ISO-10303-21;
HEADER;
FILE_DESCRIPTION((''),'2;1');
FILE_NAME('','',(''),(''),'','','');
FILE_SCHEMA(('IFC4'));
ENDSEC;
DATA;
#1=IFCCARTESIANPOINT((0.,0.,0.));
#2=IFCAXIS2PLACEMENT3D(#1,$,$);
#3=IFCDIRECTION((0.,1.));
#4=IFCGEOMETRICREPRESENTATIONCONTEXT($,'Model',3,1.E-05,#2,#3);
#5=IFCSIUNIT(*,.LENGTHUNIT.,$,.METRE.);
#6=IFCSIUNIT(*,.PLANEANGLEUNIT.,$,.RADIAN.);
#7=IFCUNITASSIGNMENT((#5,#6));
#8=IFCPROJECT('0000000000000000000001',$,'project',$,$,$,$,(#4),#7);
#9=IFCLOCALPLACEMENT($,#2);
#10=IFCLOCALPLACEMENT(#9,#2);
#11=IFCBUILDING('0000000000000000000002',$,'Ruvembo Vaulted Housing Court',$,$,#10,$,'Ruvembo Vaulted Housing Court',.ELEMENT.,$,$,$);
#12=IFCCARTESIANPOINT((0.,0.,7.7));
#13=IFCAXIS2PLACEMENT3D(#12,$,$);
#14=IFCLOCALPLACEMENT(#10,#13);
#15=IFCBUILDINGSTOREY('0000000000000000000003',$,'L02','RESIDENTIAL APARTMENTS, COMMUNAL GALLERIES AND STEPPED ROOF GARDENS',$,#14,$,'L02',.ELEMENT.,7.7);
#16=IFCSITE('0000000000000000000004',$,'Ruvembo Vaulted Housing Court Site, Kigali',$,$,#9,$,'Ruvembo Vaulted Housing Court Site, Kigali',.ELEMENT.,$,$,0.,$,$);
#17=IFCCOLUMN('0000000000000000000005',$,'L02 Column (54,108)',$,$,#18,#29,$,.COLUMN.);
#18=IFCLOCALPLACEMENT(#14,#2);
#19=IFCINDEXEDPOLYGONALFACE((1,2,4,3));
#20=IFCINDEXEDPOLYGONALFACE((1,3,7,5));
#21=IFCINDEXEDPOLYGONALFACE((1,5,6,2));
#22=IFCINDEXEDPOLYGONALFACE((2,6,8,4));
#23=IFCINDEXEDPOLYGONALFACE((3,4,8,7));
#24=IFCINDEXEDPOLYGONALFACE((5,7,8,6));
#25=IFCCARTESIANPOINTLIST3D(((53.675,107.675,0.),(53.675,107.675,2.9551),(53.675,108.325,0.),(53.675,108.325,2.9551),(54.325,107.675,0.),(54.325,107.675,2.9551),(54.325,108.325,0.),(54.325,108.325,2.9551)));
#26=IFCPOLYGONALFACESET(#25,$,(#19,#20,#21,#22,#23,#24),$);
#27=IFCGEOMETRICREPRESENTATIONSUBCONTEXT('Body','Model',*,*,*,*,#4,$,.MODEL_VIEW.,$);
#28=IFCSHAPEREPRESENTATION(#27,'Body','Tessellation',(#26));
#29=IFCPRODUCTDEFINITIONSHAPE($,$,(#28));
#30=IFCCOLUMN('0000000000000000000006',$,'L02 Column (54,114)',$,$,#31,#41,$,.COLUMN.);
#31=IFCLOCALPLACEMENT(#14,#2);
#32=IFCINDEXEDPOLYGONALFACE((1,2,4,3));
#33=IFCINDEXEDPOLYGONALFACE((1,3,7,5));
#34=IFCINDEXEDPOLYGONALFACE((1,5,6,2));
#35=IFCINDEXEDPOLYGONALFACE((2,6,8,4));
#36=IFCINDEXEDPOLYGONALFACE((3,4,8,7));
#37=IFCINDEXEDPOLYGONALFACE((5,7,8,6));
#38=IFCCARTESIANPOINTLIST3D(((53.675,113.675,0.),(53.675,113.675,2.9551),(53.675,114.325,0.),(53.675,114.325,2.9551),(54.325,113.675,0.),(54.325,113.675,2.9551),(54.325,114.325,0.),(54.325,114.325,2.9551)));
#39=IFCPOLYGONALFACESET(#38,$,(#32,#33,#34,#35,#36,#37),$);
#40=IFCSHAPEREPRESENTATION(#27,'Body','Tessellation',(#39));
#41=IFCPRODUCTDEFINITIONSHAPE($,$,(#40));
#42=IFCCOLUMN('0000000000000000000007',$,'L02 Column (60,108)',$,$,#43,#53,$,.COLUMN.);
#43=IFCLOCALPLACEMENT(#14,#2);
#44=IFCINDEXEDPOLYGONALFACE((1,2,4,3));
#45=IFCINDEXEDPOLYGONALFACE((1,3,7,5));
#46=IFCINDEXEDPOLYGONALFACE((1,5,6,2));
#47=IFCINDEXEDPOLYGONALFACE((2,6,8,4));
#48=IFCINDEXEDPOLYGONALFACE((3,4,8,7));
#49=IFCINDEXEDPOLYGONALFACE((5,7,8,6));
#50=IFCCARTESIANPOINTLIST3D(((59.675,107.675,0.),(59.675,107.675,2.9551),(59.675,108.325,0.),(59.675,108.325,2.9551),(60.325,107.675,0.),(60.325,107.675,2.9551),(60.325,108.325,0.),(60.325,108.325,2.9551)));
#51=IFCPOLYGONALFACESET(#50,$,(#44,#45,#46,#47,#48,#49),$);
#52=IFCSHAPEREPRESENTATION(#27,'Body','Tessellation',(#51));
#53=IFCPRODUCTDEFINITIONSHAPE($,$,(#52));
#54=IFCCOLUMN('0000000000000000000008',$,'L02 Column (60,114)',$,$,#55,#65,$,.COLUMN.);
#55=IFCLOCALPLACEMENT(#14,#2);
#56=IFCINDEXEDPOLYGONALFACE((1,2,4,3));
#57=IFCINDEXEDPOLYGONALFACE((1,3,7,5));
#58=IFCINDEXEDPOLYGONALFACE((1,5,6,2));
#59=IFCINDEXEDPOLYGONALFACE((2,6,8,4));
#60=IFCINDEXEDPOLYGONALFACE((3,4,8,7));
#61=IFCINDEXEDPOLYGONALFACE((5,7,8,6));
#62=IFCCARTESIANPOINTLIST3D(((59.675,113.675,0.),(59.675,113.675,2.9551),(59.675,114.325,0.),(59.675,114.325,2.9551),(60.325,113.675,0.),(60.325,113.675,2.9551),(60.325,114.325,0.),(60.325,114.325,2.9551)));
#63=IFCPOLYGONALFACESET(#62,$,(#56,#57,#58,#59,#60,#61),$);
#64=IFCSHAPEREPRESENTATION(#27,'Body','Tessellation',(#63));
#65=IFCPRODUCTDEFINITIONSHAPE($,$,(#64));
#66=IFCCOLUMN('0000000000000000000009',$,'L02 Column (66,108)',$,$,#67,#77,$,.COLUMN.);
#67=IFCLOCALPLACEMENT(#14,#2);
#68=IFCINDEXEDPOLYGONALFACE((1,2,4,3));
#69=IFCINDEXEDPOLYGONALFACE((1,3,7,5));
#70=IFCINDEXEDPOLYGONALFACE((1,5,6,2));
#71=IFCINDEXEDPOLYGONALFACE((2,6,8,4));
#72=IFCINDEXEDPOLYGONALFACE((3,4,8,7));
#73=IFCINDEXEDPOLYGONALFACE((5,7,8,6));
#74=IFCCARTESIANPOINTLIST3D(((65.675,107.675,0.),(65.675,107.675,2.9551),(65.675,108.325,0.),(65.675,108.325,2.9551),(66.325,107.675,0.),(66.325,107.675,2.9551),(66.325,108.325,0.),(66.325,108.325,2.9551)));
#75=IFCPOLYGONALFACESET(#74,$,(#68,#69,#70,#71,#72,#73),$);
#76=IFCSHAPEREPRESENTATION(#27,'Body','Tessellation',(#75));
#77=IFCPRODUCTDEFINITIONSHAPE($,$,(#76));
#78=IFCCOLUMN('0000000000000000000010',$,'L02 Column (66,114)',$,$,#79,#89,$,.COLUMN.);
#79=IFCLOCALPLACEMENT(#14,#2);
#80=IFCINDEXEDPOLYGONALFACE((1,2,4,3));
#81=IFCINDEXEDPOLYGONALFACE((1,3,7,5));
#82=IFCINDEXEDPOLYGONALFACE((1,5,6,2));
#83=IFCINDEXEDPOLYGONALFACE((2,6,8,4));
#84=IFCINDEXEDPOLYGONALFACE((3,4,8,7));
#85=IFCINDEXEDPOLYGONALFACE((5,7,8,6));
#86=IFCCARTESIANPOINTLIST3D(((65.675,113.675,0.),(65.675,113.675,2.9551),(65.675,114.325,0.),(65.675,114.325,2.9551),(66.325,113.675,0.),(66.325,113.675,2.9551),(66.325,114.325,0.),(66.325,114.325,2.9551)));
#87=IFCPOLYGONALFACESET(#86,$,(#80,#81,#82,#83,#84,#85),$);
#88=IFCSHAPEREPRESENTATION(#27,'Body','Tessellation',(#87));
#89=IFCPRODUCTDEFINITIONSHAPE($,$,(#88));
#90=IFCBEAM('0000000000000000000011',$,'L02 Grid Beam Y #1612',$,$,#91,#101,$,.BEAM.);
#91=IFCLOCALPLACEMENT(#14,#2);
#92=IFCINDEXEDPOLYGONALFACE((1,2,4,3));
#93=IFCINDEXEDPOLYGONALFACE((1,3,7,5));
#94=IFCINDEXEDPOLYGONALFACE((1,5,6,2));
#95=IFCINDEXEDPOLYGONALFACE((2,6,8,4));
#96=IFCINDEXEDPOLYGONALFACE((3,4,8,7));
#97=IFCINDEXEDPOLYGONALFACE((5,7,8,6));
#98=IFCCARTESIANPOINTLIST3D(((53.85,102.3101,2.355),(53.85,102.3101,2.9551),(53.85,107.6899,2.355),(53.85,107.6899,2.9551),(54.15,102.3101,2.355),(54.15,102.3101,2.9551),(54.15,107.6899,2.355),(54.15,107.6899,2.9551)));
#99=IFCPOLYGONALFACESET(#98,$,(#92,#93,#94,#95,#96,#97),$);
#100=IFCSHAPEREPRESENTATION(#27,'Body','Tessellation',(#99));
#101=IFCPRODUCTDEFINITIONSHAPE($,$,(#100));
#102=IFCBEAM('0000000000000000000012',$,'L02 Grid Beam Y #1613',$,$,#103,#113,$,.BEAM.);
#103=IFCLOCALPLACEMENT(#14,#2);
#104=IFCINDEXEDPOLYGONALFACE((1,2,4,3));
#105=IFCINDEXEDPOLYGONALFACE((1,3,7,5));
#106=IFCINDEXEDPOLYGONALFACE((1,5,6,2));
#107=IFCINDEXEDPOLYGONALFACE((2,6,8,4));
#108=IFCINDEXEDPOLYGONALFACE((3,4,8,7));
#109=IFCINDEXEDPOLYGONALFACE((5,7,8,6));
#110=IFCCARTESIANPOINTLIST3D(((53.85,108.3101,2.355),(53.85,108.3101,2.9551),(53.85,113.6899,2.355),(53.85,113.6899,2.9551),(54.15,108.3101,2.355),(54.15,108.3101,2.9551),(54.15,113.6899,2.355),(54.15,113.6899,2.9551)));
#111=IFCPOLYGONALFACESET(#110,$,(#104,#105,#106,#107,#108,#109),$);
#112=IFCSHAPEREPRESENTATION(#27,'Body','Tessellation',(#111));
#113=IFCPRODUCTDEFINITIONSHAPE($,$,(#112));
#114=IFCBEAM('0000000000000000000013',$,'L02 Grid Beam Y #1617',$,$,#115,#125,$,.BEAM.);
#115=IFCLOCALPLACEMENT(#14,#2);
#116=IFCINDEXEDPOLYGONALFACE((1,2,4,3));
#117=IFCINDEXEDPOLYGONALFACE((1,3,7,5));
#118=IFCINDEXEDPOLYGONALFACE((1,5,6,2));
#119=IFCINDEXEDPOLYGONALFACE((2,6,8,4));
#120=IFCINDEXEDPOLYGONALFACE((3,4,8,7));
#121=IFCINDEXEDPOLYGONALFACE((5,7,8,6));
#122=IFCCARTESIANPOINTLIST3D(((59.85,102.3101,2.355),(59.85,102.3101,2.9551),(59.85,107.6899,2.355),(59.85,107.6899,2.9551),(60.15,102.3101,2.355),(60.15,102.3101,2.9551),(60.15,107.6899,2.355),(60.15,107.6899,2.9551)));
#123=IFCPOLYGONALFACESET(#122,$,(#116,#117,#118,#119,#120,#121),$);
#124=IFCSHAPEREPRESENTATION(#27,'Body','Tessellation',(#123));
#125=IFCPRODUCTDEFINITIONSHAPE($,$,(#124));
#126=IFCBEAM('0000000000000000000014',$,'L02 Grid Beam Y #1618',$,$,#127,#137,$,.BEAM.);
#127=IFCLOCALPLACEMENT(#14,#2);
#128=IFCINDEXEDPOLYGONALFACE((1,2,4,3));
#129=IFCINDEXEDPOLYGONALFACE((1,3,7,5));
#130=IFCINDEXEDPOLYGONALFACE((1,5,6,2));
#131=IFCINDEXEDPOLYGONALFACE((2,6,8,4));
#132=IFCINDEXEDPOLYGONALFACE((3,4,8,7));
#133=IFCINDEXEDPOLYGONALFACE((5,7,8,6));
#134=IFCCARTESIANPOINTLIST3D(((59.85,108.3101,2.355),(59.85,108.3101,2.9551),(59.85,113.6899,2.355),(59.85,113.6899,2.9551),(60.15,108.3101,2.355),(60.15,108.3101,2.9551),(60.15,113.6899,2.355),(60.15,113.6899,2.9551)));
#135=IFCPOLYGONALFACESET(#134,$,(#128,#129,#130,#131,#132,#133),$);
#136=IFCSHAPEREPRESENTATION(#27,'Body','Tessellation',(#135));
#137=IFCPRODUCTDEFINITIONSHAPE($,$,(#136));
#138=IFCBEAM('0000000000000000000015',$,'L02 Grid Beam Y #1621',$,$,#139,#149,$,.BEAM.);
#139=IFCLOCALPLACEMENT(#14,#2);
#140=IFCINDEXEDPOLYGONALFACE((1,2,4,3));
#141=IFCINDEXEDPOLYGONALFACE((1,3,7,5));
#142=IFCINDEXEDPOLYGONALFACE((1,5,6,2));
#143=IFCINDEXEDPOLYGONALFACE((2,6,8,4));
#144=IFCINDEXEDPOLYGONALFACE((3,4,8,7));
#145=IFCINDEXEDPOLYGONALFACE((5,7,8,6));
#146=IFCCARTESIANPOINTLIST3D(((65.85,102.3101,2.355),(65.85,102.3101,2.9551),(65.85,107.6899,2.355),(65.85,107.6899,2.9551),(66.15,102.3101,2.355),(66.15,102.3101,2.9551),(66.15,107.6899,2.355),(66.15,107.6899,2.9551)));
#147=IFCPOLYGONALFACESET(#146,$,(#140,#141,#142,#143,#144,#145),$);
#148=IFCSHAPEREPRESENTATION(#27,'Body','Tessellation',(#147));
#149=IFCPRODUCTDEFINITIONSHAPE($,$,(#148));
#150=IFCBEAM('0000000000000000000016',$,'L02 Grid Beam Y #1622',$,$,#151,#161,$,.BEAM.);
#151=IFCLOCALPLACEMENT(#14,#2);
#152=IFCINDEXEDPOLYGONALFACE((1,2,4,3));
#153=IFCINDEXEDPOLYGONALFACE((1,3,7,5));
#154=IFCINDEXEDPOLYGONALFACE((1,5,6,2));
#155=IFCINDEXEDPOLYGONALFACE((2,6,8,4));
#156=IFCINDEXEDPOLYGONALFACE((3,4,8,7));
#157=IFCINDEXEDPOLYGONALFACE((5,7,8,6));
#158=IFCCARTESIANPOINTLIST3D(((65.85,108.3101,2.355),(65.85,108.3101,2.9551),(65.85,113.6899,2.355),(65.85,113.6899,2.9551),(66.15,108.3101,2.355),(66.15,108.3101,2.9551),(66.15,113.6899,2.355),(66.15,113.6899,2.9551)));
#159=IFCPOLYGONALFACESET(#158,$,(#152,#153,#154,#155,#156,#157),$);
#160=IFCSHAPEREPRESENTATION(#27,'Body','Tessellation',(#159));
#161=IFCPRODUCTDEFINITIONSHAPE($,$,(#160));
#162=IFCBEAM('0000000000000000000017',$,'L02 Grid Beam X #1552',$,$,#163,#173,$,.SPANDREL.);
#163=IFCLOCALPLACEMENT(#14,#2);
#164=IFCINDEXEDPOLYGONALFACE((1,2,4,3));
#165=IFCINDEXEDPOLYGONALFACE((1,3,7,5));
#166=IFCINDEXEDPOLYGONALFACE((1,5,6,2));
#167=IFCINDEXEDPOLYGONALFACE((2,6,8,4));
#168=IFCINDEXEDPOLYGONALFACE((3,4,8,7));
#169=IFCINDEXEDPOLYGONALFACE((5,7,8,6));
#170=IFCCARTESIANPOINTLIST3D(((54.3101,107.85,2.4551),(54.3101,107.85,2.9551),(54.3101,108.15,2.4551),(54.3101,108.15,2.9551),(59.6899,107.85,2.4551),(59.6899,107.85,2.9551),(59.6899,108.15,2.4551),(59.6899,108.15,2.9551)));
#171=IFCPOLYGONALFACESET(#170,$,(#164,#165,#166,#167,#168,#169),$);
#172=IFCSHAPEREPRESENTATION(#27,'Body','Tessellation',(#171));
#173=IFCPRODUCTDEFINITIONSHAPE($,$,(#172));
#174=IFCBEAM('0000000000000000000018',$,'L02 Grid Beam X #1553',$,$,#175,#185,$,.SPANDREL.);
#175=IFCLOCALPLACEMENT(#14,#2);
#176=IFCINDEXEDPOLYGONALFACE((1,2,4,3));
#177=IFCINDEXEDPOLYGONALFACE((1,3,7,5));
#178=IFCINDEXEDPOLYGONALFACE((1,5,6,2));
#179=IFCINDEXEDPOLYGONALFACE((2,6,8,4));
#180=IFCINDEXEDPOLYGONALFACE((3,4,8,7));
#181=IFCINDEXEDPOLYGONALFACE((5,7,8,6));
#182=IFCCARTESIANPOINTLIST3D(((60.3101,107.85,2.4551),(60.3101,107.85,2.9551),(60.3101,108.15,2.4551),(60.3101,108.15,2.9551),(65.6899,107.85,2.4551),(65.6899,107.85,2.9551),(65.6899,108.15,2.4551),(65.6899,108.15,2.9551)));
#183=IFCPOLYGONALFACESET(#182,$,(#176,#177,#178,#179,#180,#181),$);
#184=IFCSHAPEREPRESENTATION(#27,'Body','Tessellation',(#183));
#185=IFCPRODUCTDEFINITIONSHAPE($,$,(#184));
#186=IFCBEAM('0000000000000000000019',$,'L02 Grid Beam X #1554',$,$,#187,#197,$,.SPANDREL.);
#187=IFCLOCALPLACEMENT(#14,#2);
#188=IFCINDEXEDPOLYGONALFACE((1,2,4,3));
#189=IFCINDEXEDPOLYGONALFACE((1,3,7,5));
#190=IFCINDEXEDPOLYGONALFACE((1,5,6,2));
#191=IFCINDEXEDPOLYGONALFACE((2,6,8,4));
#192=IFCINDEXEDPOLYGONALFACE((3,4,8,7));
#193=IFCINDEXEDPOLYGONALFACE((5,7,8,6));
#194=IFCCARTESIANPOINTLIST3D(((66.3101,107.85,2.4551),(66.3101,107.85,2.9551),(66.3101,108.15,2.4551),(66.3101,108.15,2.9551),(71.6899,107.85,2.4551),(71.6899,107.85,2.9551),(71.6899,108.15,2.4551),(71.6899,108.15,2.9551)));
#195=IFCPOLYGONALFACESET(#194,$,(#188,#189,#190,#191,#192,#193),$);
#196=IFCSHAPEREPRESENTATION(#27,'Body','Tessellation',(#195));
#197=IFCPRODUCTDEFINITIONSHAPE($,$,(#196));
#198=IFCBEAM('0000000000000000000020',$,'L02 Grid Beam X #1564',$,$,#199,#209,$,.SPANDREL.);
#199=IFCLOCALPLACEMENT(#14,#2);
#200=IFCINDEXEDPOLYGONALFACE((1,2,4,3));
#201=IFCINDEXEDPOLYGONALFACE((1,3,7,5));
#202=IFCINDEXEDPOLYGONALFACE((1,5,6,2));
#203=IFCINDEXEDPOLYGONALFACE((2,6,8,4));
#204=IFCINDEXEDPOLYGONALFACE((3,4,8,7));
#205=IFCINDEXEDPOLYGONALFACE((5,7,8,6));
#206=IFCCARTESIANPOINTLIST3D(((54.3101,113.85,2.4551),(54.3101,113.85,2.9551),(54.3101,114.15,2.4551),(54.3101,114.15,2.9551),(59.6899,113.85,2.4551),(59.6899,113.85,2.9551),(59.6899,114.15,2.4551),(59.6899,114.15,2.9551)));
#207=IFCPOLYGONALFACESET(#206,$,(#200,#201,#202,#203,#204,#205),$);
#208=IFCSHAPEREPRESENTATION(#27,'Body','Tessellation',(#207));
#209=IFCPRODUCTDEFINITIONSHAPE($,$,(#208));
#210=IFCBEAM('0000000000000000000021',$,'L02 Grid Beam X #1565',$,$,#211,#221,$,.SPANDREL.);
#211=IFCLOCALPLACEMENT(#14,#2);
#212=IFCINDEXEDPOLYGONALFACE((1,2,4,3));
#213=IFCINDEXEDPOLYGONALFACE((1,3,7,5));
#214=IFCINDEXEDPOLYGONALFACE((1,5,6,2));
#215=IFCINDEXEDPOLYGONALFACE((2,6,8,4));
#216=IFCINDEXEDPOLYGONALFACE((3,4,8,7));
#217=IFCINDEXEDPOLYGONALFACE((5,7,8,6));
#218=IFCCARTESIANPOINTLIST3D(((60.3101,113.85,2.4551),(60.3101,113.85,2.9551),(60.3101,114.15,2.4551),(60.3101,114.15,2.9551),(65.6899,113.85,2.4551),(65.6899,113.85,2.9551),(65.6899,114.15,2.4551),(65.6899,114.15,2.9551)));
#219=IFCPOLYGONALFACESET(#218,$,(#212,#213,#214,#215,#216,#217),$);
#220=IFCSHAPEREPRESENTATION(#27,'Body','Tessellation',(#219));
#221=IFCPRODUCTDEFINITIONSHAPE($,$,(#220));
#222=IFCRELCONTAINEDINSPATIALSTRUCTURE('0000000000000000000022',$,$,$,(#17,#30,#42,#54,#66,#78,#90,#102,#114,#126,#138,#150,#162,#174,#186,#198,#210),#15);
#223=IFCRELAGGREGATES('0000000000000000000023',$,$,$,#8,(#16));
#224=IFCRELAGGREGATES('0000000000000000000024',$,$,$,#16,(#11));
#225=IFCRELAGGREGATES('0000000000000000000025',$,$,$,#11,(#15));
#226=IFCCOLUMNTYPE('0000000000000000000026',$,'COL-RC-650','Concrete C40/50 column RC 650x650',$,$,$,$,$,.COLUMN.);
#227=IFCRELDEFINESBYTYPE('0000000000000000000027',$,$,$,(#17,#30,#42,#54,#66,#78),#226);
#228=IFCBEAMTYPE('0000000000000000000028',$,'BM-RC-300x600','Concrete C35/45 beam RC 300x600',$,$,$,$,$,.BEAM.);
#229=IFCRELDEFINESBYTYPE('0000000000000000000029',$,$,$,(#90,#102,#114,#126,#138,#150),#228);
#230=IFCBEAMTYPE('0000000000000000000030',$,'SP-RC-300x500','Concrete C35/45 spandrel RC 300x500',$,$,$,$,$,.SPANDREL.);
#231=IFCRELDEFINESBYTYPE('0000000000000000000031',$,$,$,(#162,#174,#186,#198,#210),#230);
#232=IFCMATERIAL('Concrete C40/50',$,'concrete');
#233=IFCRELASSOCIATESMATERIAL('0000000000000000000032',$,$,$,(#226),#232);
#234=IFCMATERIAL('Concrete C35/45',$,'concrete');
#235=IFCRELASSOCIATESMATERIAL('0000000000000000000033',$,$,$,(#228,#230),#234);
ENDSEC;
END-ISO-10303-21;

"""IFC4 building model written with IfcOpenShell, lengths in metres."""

from ifc_helpers import new_model, si_unit, direction, frame, origin, origin_2d, place, context, subcontext, project, spatial, rectangle, extrude, material, material_profile, profile_set, type_object, element, save


model = new_model("IFC4")

# Units and contexts
model_context = context("Model", 3, precision=1e-05, world=origin(), true_north=direction((0.0, 1.0)))
body_context = subcontext(model_context, "Body", "Model", "MODEL_VIEW")
ifc_project = project(units=[si_unit("LENGTHUNIT", "METRE"), si_unit("PLANEANGLEUNIT", "RADIAN")], contexts=[model_context])

# Site, building, storey
site_placement = place(None, origin())
site = spatial("IfcSite", under=ifc_project, at=site_placement, Name="Ruvembo Vaulted Housing Court Site, Kigali", LongName="Ruvembo Vaulted Housing Court Site, Kigali", CompositionType="ELEMENT", RefElevation=0.0)
building_placement = place(site_placement, origin())
building = spatial("IfcBuilding", under=site, at=building_placement, Name="Ruvembo Vaulted Housing Court", LongName="Ruvembo Vaulted Housing Court", CompositionType="ELEMENT")
storey_placement = place(building_placement, frame((0.0, 0.0, 7.7)))
storey = spatial("IfcBuildingStorey", under=building, at=storey_placement, Name="L02", Description="RESIDENTIAL APARTMENTS, COMMUNAL GALLERIES AND STEPPED ROOF GARDENS", LongName="L02", CompositionType="ELEMENT", Elevation=7.7)

# Columns
ifc_material_1 = material(Name="Concrete C40/50", Category="concrete")
ifc_material_profile_1 = material_profile(ifc_material_1, rectangle(XDim=0.6499, YDim=0.6499, at=origin_2d()), Name="RC 650x650")
ifc_profile_set_1 = profile_set([ifc_material_profile_1], Name="Concrete C40/50")
column_type = type_object("IfcColumnType", Name="COL-RC-650", Description="Concrete C40/50 column RC 650x650", PredefinedType="COLUMN", material=ifc_profile_set_1)
for number, where, z_axis, x_axis, name in (
    (1, (54.0, 108.0, 0.0), (0.0, 0.0, 1.0), (1.0, 0.0, 0.0), "L02 Column (54,108)"),
    (2, (54.0, 114.0, 0.0), (0.0, 0.0, 1.0), (1.0, 0.0, 0.0), "L02 Column (54,114)"),
    (3, (60.0, 108.0, 0.0), (0.0, 0.0, 1.0), (1.0, 0.0, 0.0), "L02 Column (60,108)"),
    (4, (60.0, 114.0, 0.0), (0.0, 0.0, 1.0), (1.0, 0.0, 0.0), "L02 Column (60,114)"),
    (5, (66.0, 108.0, 0.0), (0.0, 0.0, 1.0), (1.0, 0.0, 0.0), "L02 Column (66,108)"),
    (6, (66.0, 114.0, 0.0), (0.0, 0.0, 1.0), (1.0, 0.0, 0.0), "L02 Column (66,114)"),
):
    element("IfcColumn", number, at=place(storey_placement, frame(where, z_axis=z_axis, x_axis=x_axis)), inside=storey, type_object=column_type, Name=name, PredefinedType="COLUMN", context=body_context, shape_type="SweptSolid", body=[
        extrude(rectangle(XDim=0.6499, YDim=0.6499, at=origin_2d()), origin(), (0.0, 0.0, 1.0), 2.9551),
    ])

# Beams
ifc_material_2 = material(Name="Concrete C35/45", Category="concrete")
ifc_material_profile_2 = material_profile(ifc_material_2, rectangle(XDim=0.3, YDim=0.6001, at=origin_2d()), Name="RC 300x600")
ifc_profile_set_2 = profile_set([ifc_material_profile_2], Name="Concrete C35/45")
beam_type_1 = type_object("IfcBeamType", Name="BM-RC-300x600", Description="Concrete C35/45 beam RC 300x600", PredefinedType="BEAM", material=ifc_profile_set_2)
for number, where, z_axis, x_axis, name in (
    (7, (54.0, 102.3101, 2.655), (0.0, 1.0, 0.0), (-1.0, 0.0, 0.0), "L02 Grid Beam Y #1612"),
    (8, (54.0, 108.3101, 2.655), (0.0, 1.0, 0.0), (-1.0, 0.0, 0.0), "L02 Grid Beam Y #1613"),
    (9, (60.0, 102.3101, 2.655), (0.0, 1.0, 0.0), (-1.0, 0.0, 0.0), "L02 Grid Beam Y #1617"),
    (10, (60.0, 108.3101, 2.655), (0.0, 1.0, 0.0), (-1.0, 0.0, 0.0), "L02 Grid Beam Y #1618"),
    (11, (66.0, 102.3101, 2.655), (0.0, 1.0, 0.0), (-1.0, 0.0, 0.0), "L02 Grid Beam Y #1621"),
    (12, (66.0, 108.3101, 2.655), (0.0, 1.0, 0.0), (-1.0, 0.0, 0.0), "L02 Grid Beam Y #1622"),
):
    element("IfcBeam", number, at=place(storey_placement, frame(where, z_axis=z_axis, x_axis=x_axis)), inside=storey, type_object=beam_type_1, Name=name, PredefinedType="BEAM", context=body_context, shape_type="SweptSolid", body=[
        extrude(rectangle(XDim=0.3, YDim=0.6001, at=origin_2d()), origin(), (0.0, 0.0, 1.0), 5.3799),
    ])
ifc_material_profile_3 = material_profile(ifc_material_2, rectangle(XDim=0.3, YDim=0.5, at=origin_2d()), Name="RC 300x500")
ifc_profile_set_3 = profile_set([ifc_material_profile_3], Name="Concrete C35/45")
beam_type_2 = type_object("IfcBeamType", Name="SP-RC-300x500", Description="Concrete C35/45 spandrel RC 300x500", PredefinedType="SPANDREL", material=ifc_profile_set_3)
for number, where, z_axis, x_axis, name in (
    (13, (54.3101, 108.0, 2.7051), (1.0, 0.0, 0.0), (0.0, 1.0, 0.0), "L02 Grid Beam X #1552"),
    (14, (60.3101, 108.0, 2.7051), (1.0, 0.0, 0.0), (0.0, 1.0, 0.0), "L02 Grid Beam X #1553"),
    (15, (66.3101, 108.0, 2.7051), (1.0, 0.0, 0.0), (0.0, 1.0, 0.0), "L02 Grid Beam X #1554"),
    (16, (54.3101, 114.0, 2.7051), (1.0, 0.0, 0.0), (0.0, 1.0, 0.0), "L02 Grid Beam X #1564"),
    (17, (60.3101, 114.0, 2.7051), (1.0, 0.0, 0.0), (0.0, 1.0, 0.0), "L02 Grid Beam X #1565"),
):
    element("IfcBeam", number, at=place(storey_placement, frame(where, z_axis=z_axis, x_axis=x_axis)), inside=storey, type_object=beam_type_2, Name=name, PredefinedType="SPANDREL", context=body_context, shape_type="SweptSolid", body=[
        extrude(rectangle(XDim=0.3, YDim=0.5, at=origin_2d()), origin(), (0.0, 0.0, 1.0), 5.3799),
    ])

save(model, "model.ifc")
